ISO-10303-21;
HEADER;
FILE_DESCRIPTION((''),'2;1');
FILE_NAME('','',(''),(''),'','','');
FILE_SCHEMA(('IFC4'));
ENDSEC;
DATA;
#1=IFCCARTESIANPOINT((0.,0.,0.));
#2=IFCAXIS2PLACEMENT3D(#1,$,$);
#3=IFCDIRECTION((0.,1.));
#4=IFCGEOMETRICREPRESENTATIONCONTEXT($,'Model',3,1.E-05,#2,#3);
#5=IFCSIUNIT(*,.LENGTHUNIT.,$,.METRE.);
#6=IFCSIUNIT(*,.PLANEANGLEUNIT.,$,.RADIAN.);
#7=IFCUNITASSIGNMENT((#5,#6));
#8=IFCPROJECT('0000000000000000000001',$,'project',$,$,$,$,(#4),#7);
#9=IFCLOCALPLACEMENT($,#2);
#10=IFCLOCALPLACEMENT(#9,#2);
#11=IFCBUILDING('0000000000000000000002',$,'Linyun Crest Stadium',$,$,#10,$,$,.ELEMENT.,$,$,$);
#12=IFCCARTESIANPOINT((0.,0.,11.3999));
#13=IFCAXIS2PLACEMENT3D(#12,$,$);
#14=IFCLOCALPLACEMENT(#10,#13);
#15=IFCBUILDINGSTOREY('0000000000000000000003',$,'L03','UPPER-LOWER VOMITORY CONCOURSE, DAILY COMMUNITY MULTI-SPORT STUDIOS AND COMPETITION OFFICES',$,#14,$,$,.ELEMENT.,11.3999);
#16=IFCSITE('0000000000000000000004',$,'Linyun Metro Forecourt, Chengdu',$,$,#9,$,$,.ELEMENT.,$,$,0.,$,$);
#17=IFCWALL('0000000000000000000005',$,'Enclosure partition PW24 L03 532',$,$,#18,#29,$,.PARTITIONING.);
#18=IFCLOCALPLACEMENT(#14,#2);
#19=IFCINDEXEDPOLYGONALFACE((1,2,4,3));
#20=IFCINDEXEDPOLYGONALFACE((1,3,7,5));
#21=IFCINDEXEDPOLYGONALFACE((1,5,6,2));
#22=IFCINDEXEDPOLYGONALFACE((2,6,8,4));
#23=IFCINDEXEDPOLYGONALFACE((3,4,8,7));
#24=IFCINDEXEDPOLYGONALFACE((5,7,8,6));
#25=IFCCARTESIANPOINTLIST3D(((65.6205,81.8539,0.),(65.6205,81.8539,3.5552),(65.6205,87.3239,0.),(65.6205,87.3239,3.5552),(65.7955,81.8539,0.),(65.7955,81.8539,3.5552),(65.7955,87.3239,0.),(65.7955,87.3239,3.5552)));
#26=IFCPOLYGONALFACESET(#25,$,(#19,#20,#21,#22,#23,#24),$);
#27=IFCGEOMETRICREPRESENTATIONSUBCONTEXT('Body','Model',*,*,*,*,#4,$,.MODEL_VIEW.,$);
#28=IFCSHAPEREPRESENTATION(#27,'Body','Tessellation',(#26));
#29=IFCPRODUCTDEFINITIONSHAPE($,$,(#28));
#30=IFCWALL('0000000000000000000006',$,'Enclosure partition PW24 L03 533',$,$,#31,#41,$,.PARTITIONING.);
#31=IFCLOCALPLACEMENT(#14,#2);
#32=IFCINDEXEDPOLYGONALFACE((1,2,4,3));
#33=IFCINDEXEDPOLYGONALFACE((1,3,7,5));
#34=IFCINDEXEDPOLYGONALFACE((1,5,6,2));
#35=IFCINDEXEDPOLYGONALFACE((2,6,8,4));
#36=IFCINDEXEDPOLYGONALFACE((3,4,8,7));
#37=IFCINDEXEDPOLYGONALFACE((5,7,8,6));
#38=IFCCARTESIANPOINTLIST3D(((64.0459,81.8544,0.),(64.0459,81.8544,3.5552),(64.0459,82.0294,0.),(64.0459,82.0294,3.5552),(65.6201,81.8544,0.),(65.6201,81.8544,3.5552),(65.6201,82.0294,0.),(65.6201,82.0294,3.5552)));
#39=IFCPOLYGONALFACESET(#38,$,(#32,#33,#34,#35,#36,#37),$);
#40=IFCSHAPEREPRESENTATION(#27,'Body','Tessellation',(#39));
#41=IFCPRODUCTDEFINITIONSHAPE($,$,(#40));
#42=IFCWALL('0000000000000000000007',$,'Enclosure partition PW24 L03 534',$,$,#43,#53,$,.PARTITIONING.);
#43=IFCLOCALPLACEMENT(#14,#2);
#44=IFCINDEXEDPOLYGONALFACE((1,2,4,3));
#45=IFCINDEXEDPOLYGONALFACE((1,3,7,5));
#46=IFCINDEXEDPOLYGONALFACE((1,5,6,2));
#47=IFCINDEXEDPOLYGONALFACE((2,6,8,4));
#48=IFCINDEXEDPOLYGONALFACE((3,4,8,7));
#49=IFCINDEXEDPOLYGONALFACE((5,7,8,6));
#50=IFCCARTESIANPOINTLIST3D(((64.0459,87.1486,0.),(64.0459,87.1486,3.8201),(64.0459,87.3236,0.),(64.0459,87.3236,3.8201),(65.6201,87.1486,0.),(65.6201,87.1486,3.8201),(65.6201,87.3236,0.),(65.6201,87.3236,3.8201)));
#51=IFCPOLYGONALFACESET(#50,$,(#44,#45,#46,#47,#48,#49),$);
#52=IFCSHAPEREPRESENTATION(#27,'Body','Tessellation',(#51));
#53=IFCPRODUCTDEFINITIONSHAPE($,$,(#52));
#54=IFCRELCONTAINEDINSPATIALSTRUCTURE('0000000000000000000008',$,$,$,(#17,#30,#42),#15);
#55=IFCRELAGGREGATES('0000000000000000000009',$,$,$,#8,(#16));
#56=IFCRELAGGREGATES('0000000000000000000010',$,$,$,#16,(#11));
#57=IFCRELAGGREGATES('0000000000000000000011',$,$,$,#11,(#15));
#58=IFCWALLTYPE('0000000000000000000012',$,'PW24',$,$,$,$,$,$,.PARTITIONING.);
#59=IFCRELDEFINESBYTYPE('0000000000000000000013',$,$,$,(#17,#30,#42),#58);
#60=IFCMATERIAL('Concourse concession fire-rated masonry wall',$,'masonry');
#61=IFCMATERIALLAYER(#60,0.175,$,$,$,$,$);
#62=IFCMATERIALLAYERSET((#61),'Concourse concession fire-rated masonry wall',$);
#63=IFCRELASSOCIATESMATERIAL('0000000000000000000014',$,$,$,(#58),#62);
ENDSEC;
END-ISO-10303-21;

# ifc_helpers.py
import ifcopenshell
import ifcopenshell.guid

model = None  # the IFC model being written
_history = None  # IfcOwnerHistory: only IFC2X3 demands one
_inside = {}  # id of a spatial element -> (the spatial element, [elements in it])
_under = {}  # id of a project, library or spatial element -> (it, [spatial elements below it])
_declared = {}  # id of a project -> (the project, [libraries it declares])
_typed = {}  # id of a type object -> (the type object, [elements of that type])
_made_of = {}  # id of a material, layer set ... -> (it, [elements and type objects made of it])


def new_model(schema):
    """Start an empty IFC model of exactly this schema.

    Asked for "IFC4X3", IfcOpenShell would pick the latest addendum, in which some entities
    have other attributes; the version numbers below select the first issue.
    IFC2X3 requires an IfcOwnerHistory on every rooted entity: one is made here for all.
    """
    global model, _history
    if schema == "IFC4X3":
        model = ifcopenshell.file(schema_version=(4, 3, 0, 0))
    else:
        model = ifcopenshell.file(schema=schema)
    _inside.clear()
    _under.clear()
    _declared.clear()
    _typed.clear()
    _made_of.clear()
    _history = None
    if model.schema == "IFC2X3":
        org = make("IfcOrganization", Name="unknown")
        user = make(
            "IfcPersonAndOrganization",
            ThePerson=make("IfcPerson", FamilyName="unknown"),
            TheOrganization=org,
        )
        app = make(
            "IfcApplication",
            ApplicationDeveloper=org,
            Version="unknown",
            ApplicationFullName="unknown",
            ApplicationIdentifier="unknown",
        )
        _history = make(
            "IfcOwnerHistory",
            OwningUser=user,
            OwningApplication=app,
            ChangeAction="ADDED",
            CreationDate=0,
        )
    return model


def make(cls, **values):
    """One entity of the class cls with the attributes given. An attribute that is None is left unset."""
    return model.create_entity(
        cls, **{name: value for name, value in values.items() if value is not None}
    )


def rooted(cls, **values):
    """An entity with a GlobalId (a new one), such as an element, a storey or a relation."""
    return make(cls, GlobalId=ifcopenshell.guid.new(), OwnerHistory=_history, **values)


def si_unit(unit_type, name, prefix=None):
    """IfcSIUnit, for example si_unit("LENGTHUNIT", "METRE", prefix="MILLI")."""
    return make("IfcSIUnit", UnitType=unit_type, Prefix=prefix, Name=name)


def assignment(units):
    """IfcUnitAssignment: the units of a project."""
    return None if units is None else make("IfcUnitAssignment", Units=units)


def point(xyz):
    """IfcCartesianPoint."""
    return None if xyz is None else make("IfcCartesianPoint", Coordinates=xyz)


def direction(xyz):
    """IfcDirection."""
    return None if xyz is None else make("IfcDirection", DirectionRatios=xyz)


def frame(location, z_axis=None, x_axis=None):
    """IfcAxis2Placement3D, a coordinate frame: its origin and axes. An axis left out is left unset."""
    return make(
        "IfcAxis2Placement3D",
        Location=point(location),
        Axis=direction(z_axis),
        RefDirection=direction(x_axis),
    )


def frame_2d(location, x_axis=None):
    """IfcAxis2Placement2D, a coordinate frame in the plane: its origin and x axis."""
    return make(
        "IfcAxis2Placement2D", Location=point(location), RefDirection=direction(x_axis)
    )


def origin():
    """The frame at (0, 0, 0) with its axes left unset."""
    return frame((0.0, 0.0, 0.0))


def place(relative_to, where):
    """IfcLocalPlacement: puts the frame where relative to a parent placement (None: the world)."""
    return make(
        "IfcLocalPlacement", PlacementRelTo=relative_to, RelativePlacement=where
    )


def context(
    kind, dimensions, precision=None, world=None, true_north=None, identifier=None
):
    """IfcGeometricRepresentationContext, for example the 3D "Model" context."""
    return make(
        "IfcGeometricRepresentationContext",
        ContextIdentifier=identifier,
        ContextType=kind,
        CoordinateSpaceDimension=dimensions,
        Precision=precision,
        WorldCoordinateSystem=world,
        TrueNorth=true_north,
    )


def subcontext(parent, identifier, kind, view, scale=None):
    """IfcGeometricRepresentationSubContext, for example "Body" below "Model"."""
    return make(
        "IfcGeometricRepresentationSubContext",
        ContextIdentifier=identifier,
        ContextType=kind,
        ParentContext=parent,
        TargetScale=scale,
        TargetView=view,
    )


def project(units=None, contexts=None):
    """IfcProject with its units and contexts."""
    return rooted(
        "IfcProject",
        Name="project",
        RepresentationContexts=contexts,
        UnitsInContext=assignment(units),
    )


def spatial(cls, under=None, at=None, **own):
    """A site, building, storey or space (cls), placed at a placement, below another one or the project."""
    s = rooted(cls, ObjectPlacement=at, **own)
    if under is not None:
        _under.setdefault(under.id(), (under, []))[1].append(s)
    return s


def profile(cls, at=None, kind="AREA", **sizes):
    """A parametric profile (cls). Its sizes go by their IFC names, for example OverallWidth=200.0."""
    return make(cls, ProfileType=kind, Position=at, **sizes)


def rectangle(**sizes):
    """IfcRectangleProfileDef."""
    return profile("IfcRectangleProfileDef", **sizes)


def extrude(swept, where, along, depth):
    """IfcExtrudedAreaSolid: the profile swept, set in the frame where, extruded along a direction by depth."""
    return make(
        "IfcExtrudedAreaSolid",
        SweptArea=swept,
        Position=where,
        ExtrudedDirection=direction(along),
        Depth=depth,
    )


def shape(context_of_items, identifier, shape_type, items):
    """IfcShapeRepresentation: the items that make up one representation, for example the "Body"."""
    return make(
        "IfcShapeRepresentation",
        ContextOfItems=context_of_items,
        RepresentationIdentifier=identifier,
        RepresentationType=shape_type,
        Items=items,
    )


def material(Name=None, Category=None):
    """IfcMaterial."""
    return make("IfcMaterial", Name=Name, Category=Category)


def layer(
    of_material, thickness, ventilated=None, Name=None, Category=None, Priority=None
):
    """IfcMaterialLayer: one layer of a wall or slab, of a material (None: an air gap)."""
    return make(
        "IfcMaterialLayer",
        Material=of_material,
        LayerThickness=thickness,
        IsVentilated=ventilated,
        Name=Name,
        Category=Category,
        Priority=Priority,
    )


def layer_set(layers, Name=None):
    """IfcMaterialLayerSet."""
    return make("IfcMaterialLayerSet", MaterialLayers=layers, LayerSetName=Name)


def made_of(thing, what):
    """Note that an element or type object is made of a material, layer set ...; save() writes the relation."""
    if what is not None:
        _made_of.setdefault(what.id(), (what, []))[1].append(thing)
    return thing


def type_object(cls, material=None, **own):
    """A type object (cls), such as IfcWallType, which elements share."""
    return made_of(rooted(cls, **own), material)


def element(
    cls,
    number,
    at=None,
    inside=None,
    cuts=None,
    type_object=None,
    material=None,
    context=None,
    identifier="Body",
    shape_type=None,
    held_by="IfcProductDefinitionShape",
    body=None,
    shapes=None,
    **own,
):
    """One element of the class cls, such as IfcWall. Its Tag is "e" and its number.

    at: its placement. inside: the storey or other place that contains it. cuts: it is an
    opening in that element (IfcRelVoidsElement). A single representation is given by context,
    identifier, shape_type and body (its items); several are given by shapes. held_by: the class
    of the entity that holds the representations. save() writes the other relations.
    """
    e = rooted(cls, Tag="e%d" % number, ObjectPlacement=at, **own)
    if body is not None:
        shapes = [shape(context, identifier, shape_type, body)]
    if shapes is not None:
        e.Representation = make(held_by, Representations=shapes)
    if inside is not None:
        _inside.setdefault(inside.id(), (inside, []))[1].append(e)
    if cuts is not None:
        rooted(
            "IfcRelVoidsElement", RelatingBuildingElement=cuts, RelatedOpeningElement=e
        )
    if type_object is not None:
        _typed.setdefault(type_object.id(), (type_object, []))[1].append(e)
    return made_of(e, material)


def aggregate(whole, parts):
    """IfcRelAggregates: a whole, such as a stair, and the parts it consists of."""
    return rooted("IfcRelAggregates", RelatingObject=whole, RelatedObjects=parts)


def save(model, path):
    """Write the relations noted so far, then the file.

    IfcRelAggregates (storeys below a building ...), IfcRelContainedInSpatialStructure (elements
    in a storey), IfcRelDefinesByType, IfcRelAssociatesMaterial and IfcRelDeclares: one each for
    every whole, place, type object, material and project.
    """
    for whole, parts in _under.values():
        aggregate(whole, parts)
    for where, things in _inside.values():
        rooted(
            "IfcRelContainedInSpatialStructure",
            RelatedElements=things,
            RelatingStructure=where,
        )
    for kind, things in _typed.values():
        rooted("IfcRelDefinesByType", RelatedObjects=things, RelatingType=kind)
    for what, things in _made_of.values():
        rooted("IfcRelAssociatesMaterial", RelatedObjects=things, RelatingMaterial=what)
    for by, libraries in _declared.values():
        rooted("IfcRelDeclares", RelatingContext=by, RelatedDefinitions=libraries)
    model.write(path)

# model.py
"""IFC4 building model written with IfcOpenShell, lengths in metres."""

from ifc_helpers import new_model, si_unit, direction, frame, frame_2d, origin, place, context, subcontext, project, spatial, rectangle, extrude, material, layer, layer_set, type_object, element, save


model = new_model("IFC4")

# Units and contexts
model_context = context("Model", 3, precision=1e-05, world=origin(), true_north=direction((0.0, 1.0)))
body_context = subcontext(model_context, "Body", "Model", "MODEL_VIEW")
ifc_project = project(units=[si_unit("LENGTHUNIT", "METRE"), si_unit("PLANEANGLEUNIT", "RADIAN")], contexts=[model_context])

# Site, building, storey
site_placement = place(None, origin())
site = spatial("IfcSite", under=ifc_project, at=site_placement, Name="Linyun Metro Forecourt, Chengdu", CompositionType="ELEMENT", RefElevation=0.0)
building_placement = place(site_placement, origin())
building = spatial("IfcBuilding", under=site, at=building_placement, Name="Linyun Crest Stadium", CompositionType="ELEMENT")
storey_placement = place(building_placement, frame((0.0, 0.0, 11.3999)))
storey = spatial("IfcBuildingStorey", under=building, at=storey_placement, Name="L03", Description="UPPER-LOWER VOMITORY CONCOURSE, DAILY COMMUNITY MULTI-SPORT STUDIOS AND COMPETITION OFFICES", CompositionType="ELEMENT", Elevation=11.3999)

# Shared definitions
ifc_material_1 = material(Name="Concourse concession fire-rated masonry wall", Category="masonry")
ifc_layer_1 = layer(ifc_material_1, 0.175)
ifc_layer_set_1 = layer_set([ifc_layer_1], Name="Concourse concession fire-rated masonry wall")
wall_type = type_object("IfcWallType", Name="PW24", PredefinedType="PARTITIONING", material=ifc_layer_set_1)

# Walls
wall_1_placement = place(storey_placement, frame((65.708, 81.854, 0.0), z_axis=(0.0, 0.0, 1.0), x_axis=(0.0, 1.0, 0.0)))
element("IfcWall", 1, at=wall_1_placement, inside=storey, type_object=wall_type, Name="Enclosure partition PW24 L03 532", PredefinedType="PARTITIONING", context=body_context, shape_type="SweptSolid", body=[
    extrude(rectangle(XDim=5.47, YDim=0.175, at=frame_2d((2.7349, 0.0))), origin(), (0.0, 0.0, 1.0), 3.5552),
])
wall_2_placement = place(storey_placement, frame((64.0459, 81.9419, 0.0), z_axis=(0.0, 0.0, 1.0), x_axis=(1.0, 0.0, 0.0)))
element("IfcWall", 2, at=wall_2_placement, inside=storey, type_object=wall_type, Name="Enclosure partition PW24 L03 533", PredefinedType="PARTITIONING", context=body_context, shape_type="SweptSolid", body=[
    extrude(rectangle(XDim=1.5742, YDim=0.175, at=frame_2d((0.7871, 0.0))), origin(), (0.0, 0.0, 1.0), 3.5552),
])
wall_3_placement = place(storey_placement, frame((64.0459, 87.2361, 0.0), z_axis=(0.0, 0.0, 1.0), x_axis=(1.0, 0.0, 0.0)))
element("IfcWall", 3, at=wall_3_placement, inside=storey, type_object=wall_type, Name="Enclosure partition PW24 L03 534", PredefinedType="PARTITIONING", context=body_context, shape_type="SweptSolid", body=[
    extrude(rectangle(XDim=1.5742, YDim=0.175, at=frame_2d((0.7871, 0.0))), origin(), (0.0, 0.0, 1.0), 3.8201),
])

save(model, "model.ifc")
